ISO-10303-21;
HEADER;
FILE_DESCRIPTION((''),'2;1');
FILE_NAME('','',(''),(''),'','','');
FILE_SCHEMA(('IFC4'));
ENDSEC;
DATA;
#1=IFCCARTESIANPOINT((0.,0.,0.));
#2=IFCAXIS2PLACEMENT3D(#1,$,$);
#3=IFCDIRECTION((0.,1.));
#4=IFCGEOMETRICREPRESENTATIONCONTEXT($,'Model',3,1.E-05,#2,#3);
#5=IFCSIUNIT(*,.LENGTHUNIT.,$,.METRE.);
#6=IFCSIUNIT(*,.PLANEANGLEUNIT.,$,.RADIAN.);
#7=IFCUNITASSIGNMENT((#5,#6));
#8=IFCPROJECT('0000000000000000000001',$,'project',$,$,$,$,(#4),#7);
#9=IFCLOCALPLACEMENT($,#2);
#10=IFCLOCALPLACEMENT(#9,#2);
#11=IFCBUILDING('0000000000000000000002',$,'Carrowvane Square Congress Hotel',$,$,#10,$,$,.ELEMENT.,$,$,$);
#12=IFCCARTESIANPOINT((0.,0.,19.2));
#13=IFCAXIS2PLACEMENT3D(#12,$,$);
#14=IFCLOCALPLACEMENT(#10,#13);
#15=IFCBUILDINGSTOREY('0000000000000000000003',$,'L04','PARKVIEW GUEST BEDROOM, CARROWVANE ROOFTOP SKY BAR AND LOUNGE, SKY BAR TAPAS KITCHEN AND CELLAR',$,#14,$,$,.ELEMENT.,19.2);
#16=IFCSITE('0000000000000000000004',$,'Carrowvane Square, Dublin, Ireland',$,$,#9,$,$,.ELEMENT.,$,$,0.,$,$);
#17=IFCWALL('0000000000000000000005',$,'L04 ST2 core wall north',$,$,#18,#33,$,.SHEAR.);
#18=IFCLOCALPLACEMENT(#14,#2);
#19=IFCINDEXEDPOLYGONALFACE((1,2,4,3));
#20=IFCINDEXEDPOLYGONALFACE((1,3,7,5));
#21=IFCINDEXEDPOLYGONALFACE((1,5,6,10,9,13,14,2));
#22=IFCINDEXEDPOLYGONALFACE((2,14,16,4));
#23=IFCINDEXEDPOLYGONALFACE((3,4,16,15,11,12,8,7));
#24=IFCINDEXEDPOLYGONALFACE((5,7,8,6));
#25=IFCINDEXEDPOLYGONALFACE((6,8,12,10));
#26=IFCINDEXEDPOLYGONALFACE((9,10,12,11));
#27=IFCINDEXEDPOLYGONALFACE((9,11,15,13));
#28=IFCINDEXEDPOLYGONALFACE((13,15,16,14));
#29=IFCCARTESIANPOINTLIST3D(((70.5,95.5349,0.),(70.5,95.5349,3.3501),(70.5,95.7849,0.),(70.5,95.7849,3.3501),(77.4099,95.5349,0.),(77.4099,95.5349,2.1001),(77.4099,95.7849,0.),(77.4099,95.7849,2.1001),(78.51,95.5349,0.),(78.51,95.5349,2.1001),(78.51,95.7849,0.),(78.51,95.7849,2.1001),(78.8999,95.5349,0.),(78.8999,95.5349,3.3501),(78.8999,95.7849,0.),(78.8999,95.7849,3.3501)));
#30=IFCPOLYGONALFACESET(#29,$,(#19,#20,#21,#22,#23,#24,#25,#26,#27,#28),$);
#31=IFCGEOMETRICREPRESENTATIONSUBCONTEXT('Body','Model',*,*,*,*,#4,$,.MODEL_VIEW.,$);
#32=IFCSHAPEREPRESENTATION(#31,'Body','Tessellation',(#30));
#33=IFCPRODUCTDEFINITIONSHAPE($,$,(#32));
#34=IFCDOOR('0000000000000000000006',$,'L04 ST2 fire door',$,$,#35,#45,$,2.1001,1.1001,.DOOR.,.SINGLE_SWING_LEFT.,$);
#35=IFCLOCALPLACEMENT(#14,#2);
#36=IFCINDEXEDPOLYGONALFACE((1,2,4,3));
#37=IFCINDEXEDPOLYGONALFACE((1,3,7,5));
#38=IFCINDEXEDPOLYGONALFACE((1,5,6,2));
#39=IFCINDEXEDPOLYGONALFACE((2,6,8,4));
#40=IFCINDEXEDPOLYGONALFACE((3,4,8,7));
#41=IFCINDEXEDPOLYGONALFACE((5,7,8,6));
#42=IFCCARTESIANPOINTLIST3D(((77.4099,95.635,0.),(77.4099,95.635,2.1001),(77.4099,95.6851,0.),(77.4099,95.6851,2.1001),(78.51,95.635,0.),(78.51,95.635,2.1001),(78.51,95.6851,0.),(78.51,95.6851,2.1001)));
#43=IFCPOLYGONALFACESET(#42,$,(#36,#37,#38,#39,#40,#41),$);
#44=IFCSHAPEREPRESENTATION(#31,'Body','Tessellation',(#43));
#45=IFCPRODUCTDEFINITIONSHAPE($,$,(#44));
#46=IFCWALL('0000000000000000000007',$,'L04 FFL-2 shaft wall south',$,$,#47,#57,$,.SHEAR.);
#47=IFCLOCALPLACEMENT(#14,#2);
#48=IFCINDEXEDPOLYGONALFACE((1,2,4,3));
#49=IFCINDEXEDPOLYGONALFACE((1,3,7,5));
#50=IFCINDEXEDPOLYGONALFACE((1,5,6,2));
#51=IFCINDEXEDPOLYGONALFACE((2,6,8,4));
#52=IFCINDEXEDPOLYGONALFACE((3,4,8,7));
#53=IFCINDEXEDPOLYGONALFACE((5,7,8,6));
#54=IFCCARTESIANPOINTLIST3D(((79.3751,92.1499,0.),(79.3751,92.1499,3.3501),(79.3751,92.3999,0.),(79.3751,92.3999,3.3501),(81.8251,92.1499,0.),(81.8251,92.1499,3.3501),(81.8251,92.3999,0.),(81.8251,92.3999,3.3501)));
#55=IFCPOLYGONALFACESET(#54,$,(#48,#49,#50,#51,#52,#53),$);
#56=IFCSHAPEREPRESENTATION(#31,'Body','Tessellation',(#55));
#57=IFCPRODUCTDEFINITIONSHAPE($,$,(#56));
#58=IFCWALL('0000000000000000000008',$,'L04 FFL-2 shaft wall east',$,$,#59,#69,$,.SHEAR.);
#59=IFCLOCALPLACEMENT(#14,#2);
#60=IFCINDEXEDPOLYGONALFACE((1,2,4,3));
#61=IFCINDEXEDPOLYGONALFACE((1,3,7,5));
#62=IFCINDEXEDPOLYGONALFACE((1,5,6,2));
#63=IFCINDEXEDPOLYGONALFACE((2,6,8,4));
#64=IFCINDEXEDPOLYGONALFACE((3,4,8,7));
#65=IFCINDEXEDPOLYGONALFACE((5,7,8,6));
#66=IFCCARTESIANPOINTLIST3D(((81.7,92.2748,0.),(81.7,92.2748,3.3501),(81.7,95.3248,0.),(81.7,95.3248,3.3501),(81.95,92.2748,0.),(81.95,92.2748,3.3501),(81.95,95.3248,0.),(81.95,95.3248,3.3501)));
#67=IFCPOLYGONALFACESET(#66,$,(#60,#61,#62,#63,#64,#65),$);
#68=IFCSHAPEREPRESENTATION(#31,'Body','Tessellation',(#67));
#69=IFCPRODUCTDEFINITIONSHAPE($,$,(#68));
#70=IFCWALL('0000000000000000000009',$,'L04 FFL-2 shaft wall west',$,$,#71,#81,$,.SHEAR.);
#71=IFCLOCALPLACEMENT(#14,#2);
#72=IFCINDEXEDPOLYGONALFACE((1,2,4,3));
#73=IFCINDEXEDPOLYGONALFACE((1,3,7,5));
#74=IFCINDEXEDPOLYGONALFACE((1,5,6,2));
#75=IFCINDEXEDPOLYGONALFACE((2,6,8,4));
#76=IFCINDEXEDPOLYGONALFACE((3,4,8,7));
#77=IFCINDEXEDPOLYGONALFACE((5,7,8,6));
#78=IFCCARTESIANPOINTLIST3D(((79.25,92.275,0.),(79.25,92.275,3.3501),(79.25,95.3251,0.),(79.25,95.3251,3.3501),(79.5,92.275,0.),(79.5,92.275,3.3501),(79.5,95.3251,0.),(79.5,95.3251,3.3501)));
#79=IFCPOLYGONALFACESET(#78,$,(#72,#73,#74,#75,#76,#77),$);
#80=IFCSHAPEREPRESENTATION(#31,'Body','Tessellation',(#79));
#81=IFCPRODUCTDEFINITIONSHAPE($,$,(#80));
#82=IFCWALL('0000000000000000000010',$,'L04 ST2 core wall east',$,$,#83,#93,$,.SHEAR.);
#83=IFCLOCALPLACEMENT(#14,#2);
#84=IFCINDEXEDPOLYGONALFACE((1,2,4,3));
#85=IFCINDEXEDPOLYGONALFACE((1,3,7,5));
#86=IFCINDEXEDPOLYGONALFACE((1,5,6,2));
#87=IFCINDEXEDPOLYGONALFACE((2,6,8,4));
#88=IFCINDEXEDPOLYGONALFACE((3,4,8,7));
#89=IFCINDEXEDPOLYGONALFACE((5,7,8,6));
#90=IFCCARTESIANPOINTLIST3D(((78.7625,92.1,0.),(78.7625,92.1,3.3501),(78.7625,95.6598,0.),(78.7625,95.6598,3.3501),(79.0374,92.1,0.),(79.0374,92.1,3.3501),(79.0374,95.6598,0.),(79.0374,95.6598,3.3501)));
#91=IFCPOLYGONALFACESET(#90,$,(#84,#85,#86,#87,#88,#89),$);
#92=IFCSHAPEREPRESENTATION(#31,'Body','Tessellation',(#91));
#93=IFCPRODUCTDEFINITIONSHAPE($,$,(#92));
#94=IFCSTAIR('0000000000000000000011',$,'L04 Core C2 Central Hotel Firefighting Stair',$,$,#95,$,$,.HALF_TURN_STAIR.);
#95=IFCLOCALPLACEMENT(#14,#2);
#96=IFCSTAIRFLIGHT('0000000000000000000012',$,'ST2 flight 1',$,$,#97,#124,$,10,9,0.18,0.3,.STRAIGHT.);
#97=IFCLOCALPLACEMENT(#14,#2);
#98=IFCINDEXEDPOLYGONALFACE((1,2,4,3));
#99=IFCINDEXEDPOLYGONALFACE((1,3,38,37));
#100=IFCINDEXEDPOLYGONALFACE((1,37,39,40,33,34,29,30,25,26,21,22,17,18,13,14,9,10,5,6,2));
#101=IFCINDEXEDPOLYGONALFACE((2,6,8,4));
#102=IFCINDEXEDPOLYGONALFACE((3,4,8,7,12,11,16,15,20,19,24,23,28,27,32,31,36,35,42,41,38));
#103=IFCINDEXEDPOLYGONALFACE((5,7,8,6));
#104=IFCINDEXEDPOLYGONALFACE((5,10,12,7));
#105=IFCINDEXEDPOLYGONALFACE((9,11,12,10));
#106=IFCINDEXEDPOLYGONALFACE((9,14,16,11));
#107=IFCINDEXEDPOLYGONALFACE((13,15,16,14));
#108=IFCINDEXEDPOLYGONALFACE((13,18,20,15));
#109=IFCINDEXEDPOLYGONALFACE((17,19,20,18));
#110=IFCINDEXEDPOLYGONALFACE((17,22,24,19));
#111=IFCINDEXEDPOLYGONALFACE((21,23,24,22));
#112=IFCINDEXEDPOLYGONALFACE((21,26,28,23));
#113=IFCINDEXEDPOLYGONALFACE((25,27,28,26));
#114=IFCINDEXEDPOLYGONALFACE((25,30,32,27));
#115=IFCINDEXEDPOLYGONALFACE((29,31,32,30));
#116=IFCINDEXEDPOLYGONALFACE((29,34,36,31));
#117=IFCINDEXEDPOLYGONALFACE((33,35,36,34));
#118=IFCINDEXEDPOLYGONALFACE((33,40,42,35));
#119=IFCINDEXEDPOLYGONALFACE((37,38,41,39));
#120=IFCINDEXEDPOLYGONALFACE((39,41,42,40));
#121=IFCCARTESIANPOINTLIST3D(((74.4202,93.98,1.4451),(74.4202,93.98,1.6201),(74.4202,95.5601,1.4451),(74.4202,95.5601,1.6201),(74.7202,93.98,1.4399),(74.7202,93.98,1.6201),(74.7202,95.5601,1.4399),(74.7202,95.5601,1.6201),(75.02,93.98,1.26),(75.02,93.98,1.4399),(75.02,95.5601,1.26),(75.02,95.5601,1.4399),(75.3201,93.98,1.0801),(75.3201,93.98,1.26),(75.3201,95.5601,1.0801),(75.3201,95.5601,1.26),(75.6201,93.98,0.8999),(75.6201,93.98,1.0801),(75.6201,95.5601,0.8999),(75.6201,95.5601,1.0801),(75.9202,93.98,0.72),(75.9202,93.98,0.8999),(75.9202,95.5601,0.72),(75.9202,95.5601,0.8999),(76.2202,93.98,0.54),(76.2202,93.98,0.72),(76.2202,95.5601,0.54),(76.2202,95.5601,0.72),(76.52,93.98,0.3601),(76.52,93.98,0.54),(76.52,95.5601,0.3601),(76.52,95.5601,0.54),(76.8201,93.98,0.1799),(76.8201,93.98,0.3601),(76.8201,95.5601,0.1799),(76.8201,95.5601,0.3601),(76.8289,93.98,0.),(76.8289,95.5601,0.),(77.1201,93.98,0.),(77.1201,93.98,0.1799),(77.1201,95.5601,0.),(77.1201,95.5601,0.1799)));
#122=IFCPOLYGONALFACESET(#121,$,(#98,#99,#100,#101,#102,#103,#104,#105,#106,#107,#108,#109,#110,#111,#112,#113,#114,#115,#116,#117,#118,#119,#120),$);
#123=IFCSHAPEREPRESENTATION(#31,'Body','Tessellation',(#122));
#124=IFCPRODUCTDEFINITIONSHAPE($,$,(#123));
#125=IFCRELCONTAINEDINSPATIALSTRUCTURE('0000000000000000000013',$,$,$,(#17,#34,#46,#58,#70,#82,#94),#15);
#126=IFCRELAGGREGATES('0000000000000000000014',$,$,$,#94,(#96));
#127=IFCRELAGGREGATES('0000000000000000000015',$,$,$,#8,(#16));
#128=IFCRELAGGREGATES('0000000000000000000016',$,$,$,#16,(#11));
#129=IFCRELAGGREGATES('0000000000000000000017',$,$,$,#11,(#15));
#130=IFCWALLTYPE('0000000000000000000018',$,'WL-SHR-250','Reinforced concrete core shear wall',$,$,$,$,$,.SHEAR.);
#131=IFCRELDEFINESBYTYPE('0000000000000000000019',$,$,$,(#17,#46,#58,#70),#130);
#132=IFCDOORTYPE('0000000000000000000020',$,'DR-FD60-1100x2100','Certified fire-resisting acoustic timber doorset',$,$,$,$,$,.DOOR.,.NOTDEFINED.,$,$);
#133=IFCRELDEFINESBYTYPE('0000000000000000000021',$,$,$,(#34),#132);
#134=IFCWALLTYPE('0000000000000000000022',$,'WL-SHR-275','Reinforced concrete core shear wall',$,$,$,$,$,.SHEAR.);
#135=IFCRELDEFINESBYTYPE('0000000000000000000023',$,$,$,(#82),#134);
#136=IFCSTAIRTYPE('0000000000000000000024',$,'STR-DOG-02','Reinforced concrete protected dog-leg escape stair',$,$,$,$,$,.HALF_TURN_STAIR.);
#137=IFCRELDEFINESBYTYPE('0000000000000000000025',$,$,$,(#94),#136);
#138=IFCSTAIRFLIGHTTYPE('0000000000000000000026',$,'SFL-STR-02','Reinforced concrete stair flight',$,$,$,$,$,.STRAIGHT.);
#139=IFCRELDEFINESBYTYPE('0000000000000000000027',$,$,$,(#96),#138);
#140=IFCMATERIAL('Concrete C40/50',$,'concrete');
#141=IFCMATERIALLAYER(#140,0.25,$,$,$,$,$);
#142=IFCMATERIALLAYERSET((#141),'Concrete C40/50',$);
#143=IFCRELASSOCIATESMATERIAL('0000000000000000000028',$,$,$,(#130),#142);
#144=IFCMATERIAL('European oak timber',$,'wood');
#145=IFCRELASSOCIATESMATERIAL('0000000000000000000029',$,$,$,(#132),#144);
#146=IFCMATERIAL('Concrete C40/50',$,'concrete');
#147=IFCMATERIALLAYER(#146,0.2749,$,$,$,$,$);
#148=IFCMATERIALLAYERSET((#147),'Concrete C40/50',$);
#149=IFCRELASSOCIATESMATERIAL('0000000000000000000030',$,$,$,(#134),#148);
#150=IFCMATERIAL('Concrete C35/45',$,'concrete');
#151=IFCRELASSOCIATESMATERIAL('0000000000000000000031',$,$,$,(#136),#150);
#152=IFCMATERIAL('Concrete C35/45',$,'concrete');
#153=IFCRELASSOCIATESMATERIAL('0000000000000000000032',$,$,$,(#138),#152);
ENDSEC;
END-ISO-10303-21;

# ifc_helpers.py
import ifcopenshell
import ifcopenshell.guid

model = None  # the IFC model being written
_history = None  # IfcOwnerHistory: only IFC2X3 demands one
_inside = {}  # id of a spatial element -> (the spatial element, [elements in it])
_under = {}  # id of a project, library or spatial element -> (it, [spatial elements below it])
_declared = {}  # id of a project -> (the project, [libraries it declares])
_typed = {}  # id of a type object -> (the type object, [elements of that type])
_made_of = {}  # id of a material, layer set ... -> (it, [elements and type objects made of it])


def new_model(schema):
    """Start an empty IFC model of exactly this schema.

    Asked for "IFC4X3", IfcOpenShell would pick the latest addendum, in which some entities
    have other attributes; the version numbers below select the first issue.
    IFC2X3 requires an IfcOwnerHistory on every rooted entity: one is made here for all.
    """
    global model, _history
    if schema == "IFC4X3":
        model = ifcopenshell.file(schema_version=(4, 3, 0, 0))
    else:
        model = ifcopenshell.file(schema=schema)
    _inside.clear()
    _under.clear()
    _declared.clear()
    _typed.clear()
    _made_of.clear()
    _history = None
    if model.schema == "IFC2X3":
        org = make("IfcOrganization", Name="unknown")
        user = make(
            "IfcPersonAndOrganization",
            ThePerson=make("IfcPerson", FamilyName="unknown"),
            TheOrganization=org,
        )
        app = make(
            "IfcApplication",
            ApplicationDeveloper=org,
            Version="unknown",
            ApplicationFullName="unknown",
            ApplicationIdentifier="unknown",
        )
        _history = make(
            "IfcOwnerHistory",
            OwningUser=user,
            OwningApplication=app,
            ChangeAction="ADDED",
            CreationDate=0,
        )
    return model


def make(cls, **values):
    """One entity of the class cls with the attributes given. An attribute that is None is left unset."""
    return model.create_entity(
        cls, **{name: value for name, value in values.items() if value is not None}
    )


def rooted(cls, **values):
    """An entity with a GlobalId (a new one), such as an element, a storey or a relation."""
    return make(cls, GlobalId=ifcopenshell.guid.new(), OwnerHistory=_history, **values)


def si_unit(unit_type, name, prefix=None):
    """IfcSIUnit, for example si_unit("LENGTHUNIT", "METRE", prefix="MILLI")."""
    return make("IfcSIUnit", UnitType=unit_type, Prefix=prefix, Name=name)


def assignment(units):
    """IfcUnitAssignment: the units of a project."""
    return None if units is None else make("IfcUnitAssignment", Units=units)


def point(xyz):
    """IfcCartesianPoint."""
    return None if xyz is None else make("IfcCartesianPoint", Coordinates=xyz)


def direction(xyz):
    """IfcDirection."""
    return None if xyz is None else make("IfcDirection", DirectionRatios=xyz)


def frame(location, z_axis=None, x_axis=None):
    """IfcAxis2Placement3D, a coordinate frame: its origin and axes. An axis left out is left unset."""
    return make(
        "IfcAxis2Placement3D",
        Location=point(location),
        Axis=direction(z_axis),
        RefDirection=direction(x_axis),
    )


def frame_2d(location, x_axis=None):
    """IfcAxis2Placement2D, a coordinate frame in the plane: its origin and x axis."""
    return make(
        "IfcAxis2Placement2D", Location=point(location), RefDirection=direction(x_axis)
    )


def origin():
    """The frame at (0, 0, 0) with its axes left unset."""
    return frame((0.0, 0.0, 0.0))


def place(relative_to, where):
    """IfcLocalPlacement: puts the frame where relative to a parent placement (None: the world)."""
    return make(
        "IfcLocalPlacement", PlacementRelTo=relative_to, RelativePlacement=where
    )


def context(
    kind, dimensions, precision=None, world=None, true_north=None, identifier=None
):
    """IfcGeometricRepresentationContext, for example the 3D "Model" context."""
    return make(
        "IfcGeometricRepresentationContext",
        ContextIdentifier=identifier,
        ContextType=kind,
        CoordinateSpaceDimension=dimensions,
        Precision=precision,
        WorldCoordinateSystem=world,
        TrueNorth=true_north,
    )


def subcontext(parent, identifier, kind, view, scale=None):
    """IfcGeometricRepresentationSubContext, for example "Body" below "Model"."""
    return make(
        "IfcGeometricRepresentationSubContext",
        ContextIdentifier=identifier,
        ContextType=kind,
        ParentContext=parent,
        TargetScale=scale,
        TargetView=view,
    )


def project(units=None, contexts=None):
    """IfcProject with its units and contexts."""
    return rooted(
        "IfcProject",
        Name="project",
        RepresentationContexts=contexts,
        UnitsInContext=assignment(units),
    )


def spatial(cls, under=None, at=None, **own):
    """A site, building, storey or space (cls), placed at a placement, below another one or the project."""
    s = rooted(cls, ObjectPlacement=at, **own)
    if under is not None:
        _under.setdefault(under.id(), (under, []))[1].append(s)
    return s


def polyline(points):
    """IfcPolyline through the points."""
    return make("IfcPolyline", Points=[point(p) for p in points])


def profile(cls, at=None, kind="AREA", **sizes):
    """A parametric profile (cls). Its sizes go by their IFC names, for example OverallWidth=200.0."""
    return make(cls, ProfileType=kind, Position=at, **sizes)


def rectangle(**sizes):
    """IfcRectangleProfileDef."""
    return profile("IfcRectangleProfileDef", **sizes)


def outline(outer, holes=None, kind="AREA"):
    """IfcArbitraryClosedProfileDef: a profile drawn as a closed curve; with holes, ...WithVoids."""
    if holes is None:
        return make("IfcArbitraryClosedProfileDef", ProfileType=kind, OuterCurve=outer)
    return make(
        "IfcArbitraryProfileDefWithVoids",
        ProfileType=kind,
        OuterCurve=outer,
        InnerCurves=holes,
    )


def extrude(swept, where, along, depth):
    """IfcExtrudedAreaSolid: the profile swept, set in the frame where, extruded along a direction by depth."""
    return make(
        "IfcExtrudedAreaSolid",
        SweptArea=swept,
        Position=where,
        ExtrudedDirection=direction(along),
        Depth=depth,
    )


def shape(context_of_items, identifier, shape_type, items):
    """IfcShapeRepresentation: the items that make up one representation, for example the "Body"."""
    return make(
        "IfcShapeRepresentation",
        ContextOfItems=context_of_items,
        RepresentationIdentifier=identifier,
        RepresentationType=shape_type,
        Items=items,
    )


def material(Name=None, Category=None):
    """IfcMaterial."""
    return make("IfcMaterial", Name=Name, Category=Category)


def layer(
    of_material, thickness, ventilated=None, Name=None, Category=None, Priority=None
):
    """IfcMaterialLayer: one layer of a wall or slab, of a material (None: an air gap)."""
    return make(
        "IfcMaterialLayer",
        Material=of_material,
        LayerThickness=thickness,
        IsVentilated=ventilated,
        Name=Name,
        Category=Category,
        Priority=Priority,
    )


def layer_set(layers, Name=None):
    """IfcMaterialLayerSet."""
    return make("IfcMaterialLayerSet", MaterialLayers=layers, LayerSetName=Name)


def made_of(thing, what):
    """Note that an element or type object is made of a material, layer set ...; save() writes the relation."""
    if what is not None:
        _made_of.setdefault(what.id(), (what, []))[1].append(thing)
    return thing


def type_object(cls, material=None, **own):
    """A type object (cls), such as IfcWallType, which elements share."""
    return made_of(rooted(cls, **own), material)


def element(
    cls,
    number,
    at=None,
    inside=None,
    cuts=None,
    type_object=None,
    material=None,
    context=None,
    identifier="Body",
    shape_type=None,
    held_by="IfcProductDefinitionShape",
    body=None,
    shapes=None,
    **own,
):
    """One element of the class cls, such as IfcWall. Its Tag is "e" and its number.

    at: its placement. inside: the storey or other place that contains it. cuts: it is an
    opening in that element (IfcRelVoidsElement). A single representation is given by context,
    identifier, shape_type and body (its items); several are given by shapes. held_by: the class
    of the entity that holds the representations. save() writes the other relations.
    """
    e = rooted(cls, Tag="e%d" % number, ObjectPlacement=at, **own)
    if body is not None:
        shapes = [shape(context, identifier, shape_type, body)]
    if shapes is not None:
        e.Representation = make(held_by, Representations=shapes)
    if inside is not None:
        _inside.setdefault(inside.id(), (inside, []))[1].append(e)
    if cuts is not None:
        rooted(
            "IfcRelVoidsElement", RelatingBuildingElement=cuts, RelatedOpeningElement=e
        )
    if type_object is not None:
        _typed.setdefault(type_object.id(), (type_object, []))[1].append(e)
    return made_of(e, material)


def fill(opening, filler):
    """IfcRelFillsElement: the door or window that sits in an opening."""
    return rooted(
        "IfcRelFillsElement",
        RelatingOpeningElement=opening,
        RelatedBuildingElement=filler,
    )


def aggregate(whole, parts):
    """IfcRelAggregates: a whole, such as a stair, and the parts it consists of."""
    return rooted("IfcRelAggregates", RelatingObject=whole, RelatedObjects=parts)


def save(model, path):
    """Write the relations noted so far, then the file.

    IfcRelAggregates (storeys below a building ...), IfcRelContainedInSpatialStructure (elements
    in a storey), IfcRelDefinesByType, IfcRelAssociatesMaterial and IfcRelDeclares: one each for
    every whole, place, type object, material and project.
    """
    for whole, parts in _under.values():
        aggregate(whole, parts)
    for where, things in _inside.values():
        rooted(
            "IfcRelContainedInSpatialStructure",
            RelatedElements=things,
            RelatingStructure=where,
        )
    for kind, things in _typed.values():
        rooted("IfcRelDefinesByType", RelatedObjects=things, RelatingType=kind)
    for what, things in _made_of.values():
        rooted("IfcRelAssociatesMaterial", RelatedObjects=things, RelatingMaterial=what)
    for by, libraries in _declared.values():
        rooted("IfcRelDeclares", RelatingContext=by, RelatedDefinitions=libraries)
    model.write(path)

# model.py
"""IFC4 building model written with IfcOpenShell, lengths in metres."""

from ifc_helpers import new_model, si_unit, direction, frame, frame_2d, origin, place, context, subcontext, project, spatial, polyline, rectangle, outline, extrude, material, layer, layer_set, type_object, element, fill, aggregate, save


model = new_model("IFC4")

# Units and contexts
model_context = context("Model", 3, precision=1e-05, world=origin(), true_north=direction((0.0, 1.0)))
body_context = subcontext(model_context, "Body", "Model", "MODEL_VIEW")
ifc_project = project(units=[si_unit("LENGTHUNIT", "METRE"), si_unit("PLANEANGLEUNIT", "RADIAN")], contexts=[model_context])

# Site, building, storey
site_placement = place(None, origin())
site = spatial("IfcSite", under=ifc_project, at=site_placement, Name="Carrowvane Square, Dublin, Ireland", CompositionType="ELEMENT", RefElevation=0.0)
building_placement = place(site_placement, origin())
building = spatial("IfcBuilding", under=site, at=building_placement, Name="Carrowvane Square Congress Hotel", CompositionType="ELEMENT")
storey_placement = place(building_placement, frame((0.0, 0.0, 19.2)))
storey = spatial("IfcBuildingStorey", under=building, at=storey_placement, Name="L04", Description="PARKVIEW GUEST BEDROOM, CARROWVANE ROOFTOP SKY BAR AND LOUNGE, SKY BAR TAPAS KITCHEN AND CELLAR", CompositionType="ELEMENT", Elevation=19.2)

# Wall, opening, door
ifc_material_1 = material(Name="Concrete C40/50", Category="concrete")
ifc_layer_1 = layer(ifc_material_1, 0.25)
ifc_layer_set_1 = layer_set([ifc_layer_1], Name="Concrete C40/50")
wall_type_1 = type_object("IfcWallType", Name="WL-SHR-250", Description="Reinforced concrete core shear wall", PredefinedType="SHEAR", material=ifc_layer_set_1)
wall_1_placement = place(storey_placement, frame((78.8999, 95.6599, 0.0), z_axis=(0.0, 0.0, 1.0), x_axis=(-1.0, 0.0, 0.0)))
wall_1 = element("IfcWall", 1, at=wall_1_placement, inside=storey, type_object=wall_type_1, Name="L04 ST2 core wall north", PredefinedType="SHEAR", context=body_context, shape_type="SweptSolid", body=[
    extrude(rectangle(XDim=8.3999, YDim=0.25, at=frame_2d((4.2, 0.0))), origin(), (0.0, 0.0, 1.0), 3.3501),
])
opening_1_placement = place(wall_1_placement, frame((0.3899, 0.0, 0.0)))
opening_1 = element("IfcOpeningElement", 2, at=opening_1_placement, cuts=wall_1, PredefinedType="OPENING", context=body_context, shape_type="SweptSolid", body=[
    extrude(rectangle(XDim=1.1001, YDim=2.1001, at=frame_2d((0.55, 1.05))), frame((0.0, 0.135, 0.0), z_axis=(0.0, -1.0, 0.0), x_axis=(1.0, 0.0, 0.0)), (0.0, 0.0, 1.0), 0.27),
])
ifc_material_2 = material(Name="European oak timber", Category="wood")
door_type_1 = type_object("IfcDoorType", Name="DR-FD60-1100x2100", Description="Certified fire-resisting acoustic timber doorset", OperationType="NOTDEFINED", PredefinedType="DOOR", material=ifc_material_2)
door_1_placement = place(opening_1_placement, origin())
door_1 = element("IfcDoor", 3, at=door_1_placement, inside=storey, type_object=door_type_1, Name="L04 ST2 fire door", OperationType="SINGLE_SWING_LEFT", OverallHeight=2.1001, OverallWidth=1.1001, PredefinedType="DOOR", context=body_context, shape_type="SweptSolid", body=[
    extrude(rectangle(XDim=1.1001, YDim=2.1001, at=frame_2d((0.55, 1.05))), frame((0.0, 0.0249, 0.0), z_axis=(0.0, -1.0, 0.0), x_axis=(1.0, 0.0, 0.0)), (0.0, 0.0, 1.0), 0.05),
])
fill(opening_1, door_1)

# Walls
wall_2_placement = place(storey_placement, frame((79.375, 92.2749, 0.0), z_axis=(0.0, 0.0, 1.0), x_axis=(1.0, 0.0, 0.0)))
element("IfcWall", 4, at=wall_2_placement, inside=storey, type_object=wall_type_1, Name="L04 FFL-2 shaft wall south", PredefinedType="SHEAR", context=body_context, shape_type="SweptSolid", body=[
    extrude(rectangle(XDim=2.45, YDim=0.25, at=frame_2d((1.2251, 0.0))), origin(), (0.0, 0.0, 1.0), 3.3501),
])
wall_3_placement = place(storey_placement, frame((81.825, 92.2749, 0.0), z_axis=(0.0, 0.0, 1.0), x_axis=(0.0, 1.0, 0.0)))
element("IfcWall", 5, at=wall_3_placement, inside=storey, type_object=wall_type_1, Name="L04 FFL-2 shaft wall east", PredefinedType="SHEAR", context=body_context, shape_type="SweptSolid", body=[
    extrude(rectangle(XDim=3.05, YDim=0.25, at=frame_2d((1.5249, 0.0))), origin(), (0.0, 0.0, 1.0), 3.3501),
])

# Walls
wall_4_placement = place(storey_placement, frame((79.375, 95.325, 0.0), z_axis=(0.0, 0.0, 1.0), x_axis=(0.0, -1.0, 0.0)))
element("IfcWall", 6, at=wall_4_placement, inside=storey, type_object=wall_type_1, Name="L04 FFL-2 shaft wall west", PredefinedType="SHEAR", context=body_context, shape_type="SweptSolid", body=[
    extrude(rectangle(XDim=3.05, YDim=0.25, at=frame_2d((1.5249, 0.0))), origin(), (0.0, 0.0, 1.0), 3.3501),
])
ifc_material_3 = material(Name="Concrete C40/50", Category="concrete")
ifc_layer_2 = layer(ifc_material_3, 0.2749)
ifc_layer_set_2 = layer_set([ifc_layer_2], Name="Concrete C40/50")
wall_type_2 = type_object("IfcWallType", Name="WL-SHR-275", Description="Reinforced concrete core shear wall", PredefinedType="SHEAR", material=ifc_layer_set_2)
wall_5_placement = place(storey_placement, frame((78.8999, 92.1001, 0.0), z_axis=(0.0, 0.0, 1.0), x_axis=(0.0, 1.0, 0.0)))
element("IfcWall", 7, at=wall_5_placement, inside=storey, type_object=wall_type_2, Name="L04 ST2 core wall east", PredefinedType="SHEAR", context=body_context, shape_type="SweptSolid", body=[
    extrude(rectangle(XDim=3.5598, YDim=0.2749, at=frame_2d((1.7798, 0.0))), origin(), (0.0, 0.0, 1.0), 3.3501),
])

# Stair, stair flight
ifc_material_4 = material(Name="Concrete C35/45", Category="concrete")
stair_type = type_object("IfcStairType", Name="STR-DOG-02", Description="Reinforced concrete protected dog-leg escape stair", PredefinedType="HALF_TURN_STAIR", material=ifc_material_4)
stair_placement = place(storey_placement, origin())
stair = element("IfcStair", 8, at=stair_placement, inside=storey, type_object=stair_type, Name="L04 Core C2 Central Hotel Firefighting Stair", PredefinedType="HALF_TURN_STAIR")
ifc_material_5 = material(Name="Concrete C35/45", Category="concrete")
stair_flight_type = type_object("IfcStairFlightType", Name="SFL-STR-02", Description="Reinforced concrete stair flight", PredefinedType="STRAIGHT", material=ifc_material_5)
stair_flight_placement = place(storey_placement, frame((77.1201, 94.77, 0.0), z_axis=(0.0, 0.0, 1.0), x_axis=(-1.0, 0.0, 0.0)))
stair_flight = element("IfcStairFlight", 9, at=stair_flight_placement, type_object=stair_flight_type, Name="ST2 flight 1", NumberOfRisers=10, NumberOfTreads=9, PredefinedType="STRAIGHT", RiserHeight=0.18, TreadLength=0.3, context=body_context, shape_type="SweptSolid", body=[
    extrude(outline(polyline([(0.0, 0.0), (0.0, 0.1799), (0.3, 0.1799), (0.3, 0.3601), (0.6001, 0.3601), (0.6001, 0.54), (0.8999, 0.54), (0.8999, 0.72), (1.2, 0.72), (1.2, 0.8999), (1.5, 0.8999), (1.5, 1.0801), (1.8, 1.0801), (1.8, 1.26), (2.1001, 1.26), (2.1001, 1.4399), (2.3999, 1.4399), (2.3999, 1.6201), (2.7, 1.6201), (2.7, 1.8), (2.7, 1.4451), (0.2913, 0.0), (0.0, 0.0)])), frame((0.0, 0.79, 0.0), z_axis=(0.0, -1.0, 0.0), x_axis=(1.0, 0.0, 0.0)), (0.0, 0.0, 1.0), 1.5801),
])
aggregate(stair, [stair_flight])

save(model, "model.ifc")
